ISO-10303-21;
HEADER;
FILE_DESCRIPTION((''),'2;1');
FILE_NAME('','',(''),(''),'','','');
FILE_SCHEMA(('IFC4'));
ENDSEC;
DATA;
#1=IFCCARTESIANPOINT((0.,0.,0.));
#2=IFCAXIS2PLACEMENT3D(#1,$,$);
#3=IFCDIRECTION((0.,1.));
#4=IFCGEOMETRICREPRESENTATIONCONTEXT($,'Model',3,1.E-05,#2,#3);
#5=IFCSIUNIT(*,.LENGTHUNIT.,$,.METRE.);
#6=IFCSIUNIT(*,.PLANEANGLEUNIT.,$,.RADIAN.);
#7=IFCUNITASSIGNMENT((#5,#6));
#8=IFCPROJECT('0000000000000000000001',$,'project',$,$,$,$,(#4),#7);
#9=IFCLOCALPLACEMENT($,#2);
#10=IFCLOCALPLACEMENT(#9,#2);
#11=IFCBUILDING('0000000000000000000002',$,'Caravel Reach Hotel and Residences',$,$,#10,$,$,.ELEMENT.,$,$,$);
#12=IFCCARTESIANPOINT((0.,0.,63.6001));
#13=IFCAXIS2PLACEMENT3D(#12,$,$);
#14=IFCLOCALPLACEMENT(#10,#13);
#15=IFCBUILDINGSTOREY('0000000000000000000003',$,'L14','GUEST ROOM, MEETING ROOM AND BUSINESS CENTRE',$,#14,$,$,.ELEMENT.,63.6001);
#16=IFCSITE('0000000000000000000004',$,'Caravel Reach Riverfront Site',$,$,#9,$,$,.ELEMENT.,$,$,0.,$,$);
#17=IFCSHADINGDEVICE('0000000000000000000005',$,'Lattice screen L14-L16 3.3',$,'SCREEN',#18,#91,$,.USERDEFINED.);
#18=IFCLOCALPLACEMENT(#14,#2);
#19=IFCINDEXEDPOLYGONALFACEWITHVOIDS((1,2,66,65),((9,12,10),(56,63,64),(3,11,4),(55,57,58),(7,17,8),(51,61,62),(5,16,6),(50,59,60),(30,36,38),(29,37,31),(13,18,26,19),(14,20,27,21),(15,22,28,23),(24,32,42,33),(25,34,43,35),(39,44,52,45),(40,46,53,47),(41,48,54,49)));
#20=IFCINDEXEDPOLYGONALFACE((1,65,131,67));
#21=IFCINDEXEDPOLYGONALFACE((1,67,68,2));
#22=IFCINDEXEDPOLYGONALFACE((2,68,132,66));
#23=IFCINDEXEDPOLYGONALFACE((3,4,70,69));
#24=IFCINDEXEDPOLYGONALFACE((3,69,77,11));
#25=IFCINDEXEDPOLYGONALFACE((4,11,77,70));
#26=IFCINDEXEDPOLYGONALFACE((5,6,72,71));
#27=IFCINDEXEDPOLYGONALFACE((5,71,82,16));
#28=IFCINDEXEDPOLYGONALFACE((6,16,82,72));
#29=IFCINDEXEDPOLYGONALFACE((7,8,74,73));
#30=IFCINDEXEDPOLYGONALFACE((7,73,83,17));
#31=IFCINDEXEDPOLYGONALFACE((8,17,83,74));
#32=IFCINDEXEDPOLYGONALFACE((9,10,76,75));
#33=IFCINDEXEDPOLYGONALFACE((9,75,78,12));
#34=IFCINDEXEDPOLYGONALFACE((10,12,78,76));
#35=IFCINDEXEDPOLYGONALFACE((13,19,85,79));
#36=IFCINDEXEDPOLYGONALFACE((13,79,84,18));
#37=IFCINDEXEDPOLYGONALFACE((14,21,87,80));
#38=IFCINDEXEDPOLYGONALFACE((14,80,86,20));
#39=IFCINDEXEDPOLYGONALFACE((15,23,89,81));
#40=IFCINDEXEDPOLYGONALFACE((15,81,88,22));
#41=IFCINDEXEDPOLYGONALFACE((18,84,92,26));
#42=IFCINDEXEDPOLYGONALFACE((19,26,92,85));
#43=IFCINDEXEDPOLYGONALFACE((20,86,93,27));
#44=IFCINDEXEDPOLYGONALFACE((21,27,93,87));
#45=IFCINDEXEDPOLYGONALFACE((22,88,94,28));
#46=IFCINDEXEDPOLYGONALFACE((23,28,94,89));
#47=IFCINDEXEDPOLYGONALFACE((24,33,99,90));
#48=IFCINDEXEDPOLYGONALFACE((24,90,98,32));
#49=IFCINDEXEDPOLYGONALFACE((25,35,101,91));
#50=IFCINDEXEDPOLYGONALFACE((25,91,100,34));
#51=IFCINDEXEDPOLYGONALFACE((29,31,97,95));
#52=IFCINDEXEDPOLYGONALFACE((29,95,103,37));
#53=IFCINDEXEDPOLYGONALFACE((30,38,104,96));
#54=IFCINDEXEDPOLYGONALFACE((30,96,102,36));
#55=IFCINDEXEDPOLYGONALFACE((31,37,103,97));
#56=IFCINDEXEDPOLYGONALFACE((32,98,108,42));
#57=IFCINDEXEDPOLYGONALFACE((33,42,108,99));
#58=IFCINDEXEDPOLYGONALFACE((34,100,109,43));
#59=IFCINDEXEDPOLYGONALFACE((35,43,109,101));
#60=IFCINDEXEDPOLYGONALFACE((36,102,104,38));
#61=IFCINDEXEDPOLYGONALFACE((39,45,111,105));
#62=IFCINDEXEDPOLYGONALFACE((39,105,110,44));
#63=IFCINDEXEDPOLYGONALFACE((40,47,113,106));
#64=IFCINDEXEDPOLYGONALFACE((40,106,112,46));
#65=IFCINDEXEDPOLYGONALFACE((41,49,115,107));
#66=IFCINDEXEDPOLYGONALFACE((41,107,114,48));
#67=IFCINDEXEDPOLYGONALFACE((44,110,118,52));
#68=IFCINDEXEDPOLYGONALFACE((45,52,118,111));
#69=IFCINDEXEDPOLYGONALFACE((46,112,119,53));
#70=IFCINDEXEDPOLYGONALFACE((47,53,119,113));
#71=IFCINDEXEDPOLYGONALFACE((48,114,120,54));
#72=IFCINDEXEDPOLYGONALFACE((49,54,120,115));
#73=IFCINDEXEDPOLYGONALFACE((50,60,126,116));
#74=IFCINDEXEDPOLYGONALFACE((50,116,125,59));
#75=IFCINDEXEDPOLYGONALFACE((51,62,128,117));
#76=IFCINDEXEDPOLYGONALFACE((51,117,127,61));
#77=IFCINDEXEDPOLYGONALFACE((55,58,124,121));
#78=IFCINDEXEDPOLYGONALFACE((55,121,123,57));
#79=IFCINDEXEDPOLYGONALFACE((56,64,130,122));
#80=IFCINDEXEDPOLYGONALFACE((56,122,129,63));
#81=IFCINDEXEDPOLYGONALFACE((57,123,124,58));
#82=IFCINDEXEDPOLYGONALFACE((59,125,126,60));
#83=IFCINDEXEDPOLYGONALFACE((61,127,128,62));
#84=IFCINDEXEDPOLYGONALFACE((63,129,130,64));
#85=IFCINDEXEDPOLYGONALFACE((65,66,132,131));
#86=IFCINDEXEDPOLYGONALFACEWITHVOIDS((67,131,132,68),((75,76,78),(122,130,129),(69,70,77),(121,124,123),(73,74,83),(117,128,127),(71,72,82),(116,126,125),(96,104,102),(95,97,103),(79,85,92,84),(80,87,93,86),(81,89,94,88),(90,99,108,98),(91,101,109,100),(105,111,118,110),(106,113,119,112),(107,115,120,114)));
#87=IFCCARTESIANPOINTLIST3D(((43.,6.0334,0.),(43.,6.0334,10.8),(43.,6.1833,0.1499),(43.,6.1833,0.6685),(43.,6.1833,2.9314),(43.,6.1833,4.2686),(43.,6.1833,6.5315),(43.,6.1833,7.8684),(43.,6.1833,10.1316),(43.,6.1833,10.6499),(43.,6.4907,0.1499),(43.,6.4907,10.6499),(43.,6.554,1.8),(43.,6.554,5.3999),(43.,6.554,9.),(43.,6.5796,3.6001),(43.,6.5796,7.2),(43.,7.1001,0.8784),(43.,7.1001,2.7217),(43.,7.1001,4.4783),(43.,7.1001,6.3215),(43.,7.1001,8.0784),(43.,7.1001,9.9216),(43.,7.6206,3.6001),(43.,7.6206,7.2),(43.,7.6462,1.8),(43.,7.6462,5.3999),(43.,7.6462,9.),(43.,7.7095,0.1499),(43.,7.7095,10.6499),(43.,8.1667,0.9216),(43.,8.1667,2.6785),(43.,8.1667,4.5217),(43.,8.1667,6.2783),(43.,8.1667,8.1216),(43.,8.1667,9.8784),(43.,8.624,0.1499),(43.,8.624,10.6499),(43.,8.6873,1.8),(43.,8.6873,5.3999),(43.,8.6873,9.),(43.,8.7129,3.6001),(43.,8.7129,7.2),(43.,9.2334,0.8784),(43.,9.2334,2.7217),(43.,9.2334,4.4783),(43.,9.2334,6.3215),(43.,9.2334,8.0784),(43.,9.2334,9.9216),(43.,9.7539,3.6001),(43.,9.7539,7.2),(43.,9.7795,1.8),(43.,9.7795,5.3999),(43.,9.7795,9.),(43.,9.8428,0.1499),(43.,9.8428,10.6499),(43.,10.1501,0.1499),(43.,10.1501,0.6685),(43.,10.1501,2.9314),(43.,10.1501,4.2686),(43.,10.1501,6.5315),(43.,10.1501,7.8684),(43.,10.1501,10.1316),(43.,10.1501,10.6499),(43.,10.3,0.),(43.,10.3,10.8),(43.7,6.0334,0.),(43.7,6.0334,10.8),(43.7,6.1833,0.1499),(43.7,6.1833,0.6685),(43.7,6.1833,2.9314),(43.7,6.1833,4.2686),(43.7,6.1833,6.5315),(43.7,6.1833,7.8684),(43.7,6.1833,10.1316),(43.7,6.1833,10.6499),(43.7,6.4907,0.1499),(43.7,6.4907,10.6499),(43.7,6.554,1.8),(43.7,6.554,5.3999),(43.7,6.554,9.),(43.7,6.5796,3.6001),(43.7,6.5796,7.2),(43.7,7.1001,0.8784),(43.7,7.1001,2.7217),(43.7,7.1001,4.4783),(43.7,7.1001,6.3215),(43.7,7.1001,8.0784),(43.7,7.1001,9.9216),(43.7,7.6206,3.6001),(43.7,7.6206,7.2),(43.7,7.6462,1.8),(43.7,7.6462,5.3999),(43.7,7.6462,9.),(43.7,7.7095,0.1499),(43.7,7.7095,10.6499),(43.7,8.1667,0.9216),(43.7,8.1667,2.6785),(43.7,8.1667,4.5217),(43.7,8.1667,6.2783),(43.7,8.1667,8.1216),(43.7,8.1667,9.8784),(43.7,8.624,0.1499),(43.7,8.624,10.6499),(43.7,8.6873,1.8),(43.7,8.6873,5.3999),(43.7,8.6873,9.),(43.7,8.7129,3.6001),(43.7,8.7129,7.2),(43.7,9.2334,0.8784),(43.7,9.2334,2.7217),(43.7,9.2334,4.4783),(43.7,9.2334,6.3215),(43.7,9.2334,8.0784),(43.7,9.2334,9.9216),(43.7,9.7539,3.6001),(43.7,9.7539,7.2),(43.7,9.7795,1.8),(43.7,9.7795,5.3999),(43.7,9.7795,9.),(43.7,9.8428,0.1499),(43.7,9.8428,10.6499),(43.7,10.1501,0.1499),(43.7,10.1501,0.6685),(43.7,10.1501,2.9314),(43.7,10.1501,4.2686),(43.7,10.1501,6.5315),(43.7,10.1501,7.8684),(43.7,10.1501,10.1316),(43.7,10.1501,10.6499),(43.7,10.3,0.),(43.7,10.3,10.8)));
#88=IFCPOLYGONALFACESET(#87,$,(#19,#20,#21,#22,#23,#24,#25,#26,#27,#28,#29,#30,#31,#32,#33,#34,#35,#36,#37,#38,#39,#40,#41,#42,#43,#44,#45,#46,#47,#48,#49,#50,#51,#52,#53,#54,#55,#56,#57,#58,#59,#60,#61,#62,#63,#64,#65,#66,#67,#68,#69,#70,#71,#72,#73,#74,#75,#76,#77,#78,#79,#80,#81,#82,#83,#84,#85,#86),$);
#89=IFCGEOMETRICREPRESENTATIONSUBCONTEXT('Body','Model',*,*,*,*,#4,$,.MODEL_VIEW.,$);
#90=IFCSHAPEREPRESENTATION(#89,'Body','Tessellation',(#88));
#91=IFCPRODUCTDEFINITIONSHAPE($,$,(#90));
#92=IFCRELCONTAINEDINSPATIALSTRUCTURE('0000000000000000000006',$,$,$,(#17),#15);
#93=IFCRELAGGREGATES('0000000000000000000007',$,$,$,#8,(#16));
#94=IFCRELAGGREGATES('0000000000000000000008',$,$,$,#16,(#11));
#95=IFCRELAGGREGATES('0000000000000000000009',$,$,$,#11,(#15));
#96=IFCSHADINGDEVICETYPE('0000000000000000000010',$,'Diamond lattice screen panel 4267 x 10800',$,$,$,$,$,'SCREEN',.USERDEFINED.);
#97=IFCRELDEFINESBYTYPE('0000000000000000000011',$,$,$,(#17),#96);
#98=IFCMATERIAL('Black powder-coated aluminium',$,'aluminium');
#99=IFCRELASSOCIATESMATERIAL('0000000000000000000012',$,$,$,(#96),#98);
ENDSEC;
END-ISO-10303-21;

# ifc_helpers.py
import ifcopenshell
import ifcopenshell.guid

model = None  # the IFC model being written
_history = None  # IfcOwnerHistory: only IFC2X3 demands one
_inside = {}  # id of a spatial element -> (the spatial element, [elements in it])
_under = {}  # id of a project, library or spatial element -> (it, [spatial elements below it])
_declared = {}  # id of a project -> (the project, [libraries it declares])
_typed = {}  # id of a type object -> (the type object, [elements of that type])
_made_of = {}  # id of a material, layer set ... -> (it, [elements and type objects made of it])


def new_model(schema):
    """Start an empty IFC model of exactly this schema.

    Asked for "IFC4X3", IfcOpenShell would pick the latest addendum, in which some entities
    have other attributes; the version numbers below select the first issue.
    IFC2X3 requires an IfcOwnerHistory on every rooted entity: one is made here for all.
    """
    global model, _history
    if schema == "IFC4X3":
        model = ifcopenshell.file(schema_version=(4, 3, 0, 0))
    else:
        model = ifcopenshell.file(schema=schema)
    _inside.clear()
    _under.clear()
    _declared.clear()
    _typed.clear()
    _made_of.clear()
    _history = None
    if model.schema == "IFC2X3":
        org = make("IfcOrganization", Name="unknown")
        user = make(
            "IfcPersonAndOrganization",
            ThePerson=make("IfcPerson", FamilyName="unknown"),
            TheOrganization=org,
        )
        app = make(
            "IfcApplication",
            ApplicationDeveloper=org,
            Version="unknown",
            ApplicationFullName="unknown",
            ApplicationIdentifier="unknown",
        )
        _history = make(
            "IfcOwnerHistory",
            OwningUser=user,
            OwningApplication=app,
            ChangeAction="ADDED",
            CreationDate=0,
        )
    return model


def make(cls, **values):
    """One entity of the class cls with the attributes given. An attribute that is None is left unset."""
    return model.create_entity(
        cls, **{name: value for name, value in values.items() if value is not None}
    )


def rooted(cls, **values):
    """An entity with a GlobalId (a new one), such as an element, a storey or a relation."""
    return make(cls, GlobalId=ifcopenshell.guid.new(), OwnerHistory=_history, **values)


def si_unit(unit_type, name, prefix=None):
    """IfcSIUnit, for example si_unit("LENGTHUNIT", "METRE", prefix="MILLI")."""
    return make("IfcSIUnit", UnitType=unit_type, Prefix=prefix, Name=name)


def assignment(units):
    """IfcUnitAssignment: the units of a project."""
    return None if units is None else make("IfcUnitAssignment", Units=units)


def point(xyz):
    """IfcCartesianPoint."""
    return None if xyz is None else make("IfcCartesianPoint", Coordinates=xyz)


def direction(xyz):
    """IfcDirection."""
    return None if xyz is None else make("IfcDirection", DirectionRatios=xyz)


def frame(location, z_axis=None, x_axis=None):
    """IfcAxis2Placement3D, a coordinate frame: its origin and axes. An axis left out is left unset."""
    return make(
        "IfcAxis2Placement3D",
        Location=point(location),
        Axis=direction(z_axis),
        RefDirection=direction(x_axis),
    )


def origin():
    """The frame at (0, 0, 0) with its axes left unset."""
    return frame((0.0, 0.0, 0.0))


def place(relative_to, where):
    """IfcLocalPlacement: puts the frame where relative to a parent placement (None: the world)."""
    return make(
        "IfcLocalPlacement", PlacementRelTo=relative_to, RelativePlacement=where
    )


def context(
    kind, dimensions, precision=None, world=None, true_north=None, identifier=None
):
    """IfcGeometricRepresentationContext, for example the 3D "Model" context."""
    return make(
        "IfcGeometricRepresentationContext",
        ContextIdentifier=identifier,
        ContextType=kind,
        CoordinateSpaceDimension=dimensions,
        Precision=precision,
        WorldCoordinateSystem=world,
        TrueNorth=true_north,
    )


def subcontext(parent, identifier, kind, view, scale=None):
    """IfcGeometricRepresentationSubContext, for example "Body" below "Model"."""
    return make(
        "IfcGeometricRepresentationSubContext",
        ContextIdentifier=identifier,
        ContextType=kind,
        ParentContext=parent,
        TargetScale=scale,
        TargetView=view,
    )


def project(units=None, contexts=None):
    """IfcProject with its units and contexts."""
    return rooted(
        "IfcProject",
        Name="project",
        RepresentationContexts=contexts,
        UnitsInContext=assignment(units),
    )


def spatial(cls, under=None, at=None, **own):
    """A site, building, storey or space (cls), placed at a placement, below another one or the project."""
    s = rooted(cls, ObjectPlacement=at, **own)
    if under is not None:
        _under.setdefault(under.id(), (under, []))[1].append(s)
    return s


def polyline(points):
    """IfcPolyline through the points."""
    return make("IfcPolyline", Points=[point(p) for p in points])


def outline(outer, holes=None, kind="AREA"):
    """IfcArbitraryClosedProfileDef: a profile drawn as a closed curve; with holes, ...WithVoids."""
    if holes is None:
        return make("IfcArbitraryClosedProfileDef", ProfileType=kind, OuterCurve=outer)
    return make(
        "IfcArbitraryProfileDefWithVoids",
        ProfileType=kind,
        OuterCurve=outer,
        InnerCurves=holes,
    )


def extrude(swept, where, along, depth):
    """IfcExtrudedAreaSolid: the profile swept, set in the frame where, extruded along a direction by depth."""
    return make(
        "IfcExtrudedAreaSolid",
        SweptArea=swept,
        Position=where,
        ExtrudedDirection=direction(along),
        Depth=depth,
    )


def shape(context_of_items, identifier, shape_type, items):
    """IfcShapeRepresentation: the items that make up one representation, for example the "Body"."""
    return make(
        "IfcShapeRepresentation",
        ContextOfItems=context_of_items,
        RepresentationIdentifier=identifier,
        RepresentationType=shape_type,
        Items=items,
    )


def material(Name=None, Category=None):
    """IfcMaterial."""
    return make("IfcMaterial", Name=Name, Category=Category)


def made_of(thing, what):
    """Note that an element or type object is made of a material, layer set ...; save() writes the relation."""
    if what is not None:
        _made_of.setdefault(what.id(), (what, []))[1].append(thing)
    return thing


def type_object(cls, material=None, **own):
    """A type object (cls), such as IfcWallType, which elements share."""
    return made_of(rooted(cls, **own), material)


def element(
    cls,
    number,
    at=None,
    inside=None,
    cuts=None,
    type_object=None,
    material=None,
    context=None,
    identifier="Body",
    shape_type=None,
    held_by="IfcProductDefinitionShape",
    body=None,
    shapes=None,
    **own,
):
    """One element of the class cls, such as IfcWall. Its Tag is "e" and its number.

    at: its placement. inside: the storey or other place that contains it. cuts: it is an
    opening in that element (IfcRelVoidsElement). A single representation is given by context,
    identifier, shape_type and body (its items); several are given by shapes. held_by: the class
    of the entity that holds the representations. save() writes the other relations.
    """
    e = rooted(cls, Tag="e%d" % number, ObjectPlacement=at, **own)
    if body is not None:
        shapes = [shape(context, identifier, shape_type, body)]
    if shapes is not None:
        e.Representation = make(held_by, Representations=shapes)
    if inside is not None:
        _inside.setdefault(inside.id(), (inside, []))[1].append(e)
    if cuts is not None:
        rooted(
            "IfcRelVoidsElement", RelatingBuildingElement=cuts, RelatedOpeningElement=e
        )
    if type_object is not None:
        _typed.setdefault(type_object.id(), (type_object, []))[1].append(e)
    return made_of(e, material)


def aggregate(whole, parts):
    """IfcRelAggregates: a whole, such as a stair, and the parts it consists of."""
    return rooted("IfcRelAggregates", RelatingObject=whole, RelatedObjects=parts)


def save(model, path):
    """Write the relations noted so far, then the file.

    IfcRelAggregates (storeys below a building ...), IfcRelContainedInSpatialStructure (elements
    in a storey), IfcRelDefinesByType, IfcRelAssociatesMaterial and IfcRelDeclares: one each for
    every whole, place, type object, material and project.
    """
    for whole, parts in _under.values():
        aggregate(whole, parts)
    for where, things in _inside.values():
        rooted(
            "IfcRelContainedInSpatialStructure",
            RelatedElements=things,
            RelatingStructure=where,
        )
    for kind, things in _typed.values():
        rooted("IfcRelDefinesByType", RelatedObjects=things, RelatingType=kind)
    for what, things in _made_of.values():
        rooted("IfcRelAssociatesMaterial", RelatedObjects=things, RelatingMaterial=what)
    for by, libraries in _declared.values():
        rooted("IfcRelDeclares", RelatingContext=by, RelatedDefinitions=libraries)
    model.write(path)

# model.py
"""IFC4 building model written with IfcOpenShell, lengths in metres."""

from ifc_helpers import new_model, si_unit, direction, frame, origin, place, context, subcontext, project, spatial, polyline, outline, extrude, material, type_object, element, save


model = new_model("IFC4")

# Units and contexts
model_context = context("Model", 3, precision=1e-05, world=origin(), true_north=direction((0.0, 1.0)))
body_context = subcontext(model_context, "Body", "Model", "MODEL_VIEW")
ifc_project = project(units=[si_unit("LENGTHUNIT", "METRE"), si_unit("PLANEANGLEUNIT", "RADIAN")], contexts=[model_context])

# Site, building, storey
site_placement = place(None, origin())
site = spatial("IfcSite", under=ifc_project, at=site_placement, Name="Caravel Reach Riverfront Site", CompositionType="ELEMENT", RefElevation=0.0)
building_placement = place(site_placement, origin())
building = spatial("IfcBuilding", under=site, at=building_placement, Name="Caravel Reach Hotel and Residences", CompositionType="ELEMENT")
storey_placement = place(building_placement, frame((0.0, 0.0, 63.6001)))
storey = spatial("IfcBuildingStorey", under=building, at=storey_placement, Name="L14", Description="GUEST ROOM, MEETING ROOM AND BUSINESS CENTRE", CompositionType="ELEMENT", Elevation=63.6001)

# Shading device
ifc_material_1 = material(Name="Black powder-coated aluminium", Category="aluminium")
shading_device_type_1 = type_object("IfcShadingDeviceType", Name="Diamond lattice screen panel 4267 x 10800", ElementType="SCREEN", PredefinedType="USERDEFINED", material=ifc_material_1)
shading_device_1_placement = place(storey_placement, frame((43.0, 6.0334, 0.0), z_axis=(1.0, 0.0, 0.0), x_axis=(0.0, 1.0, 0.0)))
element("IfcShadingDevice", 1, at=shading_device_1_placement, inside=storey, type_object=shading_device_type_1, Name="Lattice screen L14-L16 3.3", ObjectType="SCREEN", PredefinedType="USERDEFINED", context=body_context, shape_type="SweptSolid", body=[
    extrude(outline(polyline([(0.0, 0.0), (4.2666, 0.0), (4.2666, 10.8), (0.0, 10.8), (0.0, 0.0)]), holes=[polyline([(0.4573, 0.1499), (0.1499, 0.6685), (0.1499, 0.1499), (0.4573, 0.1499)]), polyline([(0.5461, 3.6001), (0.1499, 4.2686), (0.1499, 2.9314), (0.5461, 3.6001)]), polyline([(0.5461, 7.2), (0.1499, 7.8684), (0.1499, 6.5315), (0.5461, 7.2)]), polyline([(0.1499, 10.1316), (0.4573, 10.6499), (0.1499, 10.6499), (0.1499, 10.1316)]), polyline([(1.0667, 2.7217), (0.5205, 1.8), (1.0667, 0.8784), (1.6128, 1.8), (1.0667, 2.7217)]), polyline([(1.0667, 6.3215), (0.5205, 5.3999), (1.0667, 4.4783), (1.6128, 5.3999), (1.0667, 6.3215)]), polyline([(1.0667, 9.9216), (0.5205, 9.0), (1.0667, 8.0784), (1.6128, 9.0), (1.0667, 9.9216)]), polyline([(2.1333, 0.9216), (1.676, 0.1499), (2.5906, 0.1499), (2.1333, 0.9216)]), polyline([(2.1333, 4.5217), (1.5872, 3.6001), (2.1333, 2.6785), (2.6794, 3.6001), (2.1333, 4.5217)]), polyline([(2.1333, 8.1216), (1.5872, 7.2), (2.1333, 6.2783), (2.6794, 7.2), (2.1333, 8.1216)]), polyline([(2.1333, 9.8784), (2.5906, 10.6499), (1.676, 10.6499), (2.1333, 9.8784)]), polyline([(3.2, 2.7217), (2.6538, 1.8), (3.2, 0.8784), (3.7461, 1.8), (3.2, 2.7217)]), polyline([(3.2, 6.3215), (2.6538, 5.3999), (3.2, 4.4783), (3.7461, 5.3999), (3.2, 6.3215)]), polyline([(3.2, 9.9216), (2.6538, 9.0), (3.2, 8.0784), (3.7461, 9.0), (3.2, 9.9216)]), polyline([(4.1167, 0.6685), (3.8093, 0.1499), (4.1167, 0.1499), (4.1167, 0.6685)]), polyline([(3.7205, 3.6001), (4.1167, 2.9314), (4.1167, 4.2686), (3.7205, 3.6001)]), polyline([(3.7205, 7.2), (4.1167, 6.5315), (4.1167, 7.8684), (3.7205, 7.2)]), polyline([(3.8093, 10.6499), (4.1167, 10.1316), (4.1167, 10.6499), (3.8093, 10.6499)])]), origin(), (0.0, 0.0, 1.0), 0.7),
])

save(model, "model.ifc")
